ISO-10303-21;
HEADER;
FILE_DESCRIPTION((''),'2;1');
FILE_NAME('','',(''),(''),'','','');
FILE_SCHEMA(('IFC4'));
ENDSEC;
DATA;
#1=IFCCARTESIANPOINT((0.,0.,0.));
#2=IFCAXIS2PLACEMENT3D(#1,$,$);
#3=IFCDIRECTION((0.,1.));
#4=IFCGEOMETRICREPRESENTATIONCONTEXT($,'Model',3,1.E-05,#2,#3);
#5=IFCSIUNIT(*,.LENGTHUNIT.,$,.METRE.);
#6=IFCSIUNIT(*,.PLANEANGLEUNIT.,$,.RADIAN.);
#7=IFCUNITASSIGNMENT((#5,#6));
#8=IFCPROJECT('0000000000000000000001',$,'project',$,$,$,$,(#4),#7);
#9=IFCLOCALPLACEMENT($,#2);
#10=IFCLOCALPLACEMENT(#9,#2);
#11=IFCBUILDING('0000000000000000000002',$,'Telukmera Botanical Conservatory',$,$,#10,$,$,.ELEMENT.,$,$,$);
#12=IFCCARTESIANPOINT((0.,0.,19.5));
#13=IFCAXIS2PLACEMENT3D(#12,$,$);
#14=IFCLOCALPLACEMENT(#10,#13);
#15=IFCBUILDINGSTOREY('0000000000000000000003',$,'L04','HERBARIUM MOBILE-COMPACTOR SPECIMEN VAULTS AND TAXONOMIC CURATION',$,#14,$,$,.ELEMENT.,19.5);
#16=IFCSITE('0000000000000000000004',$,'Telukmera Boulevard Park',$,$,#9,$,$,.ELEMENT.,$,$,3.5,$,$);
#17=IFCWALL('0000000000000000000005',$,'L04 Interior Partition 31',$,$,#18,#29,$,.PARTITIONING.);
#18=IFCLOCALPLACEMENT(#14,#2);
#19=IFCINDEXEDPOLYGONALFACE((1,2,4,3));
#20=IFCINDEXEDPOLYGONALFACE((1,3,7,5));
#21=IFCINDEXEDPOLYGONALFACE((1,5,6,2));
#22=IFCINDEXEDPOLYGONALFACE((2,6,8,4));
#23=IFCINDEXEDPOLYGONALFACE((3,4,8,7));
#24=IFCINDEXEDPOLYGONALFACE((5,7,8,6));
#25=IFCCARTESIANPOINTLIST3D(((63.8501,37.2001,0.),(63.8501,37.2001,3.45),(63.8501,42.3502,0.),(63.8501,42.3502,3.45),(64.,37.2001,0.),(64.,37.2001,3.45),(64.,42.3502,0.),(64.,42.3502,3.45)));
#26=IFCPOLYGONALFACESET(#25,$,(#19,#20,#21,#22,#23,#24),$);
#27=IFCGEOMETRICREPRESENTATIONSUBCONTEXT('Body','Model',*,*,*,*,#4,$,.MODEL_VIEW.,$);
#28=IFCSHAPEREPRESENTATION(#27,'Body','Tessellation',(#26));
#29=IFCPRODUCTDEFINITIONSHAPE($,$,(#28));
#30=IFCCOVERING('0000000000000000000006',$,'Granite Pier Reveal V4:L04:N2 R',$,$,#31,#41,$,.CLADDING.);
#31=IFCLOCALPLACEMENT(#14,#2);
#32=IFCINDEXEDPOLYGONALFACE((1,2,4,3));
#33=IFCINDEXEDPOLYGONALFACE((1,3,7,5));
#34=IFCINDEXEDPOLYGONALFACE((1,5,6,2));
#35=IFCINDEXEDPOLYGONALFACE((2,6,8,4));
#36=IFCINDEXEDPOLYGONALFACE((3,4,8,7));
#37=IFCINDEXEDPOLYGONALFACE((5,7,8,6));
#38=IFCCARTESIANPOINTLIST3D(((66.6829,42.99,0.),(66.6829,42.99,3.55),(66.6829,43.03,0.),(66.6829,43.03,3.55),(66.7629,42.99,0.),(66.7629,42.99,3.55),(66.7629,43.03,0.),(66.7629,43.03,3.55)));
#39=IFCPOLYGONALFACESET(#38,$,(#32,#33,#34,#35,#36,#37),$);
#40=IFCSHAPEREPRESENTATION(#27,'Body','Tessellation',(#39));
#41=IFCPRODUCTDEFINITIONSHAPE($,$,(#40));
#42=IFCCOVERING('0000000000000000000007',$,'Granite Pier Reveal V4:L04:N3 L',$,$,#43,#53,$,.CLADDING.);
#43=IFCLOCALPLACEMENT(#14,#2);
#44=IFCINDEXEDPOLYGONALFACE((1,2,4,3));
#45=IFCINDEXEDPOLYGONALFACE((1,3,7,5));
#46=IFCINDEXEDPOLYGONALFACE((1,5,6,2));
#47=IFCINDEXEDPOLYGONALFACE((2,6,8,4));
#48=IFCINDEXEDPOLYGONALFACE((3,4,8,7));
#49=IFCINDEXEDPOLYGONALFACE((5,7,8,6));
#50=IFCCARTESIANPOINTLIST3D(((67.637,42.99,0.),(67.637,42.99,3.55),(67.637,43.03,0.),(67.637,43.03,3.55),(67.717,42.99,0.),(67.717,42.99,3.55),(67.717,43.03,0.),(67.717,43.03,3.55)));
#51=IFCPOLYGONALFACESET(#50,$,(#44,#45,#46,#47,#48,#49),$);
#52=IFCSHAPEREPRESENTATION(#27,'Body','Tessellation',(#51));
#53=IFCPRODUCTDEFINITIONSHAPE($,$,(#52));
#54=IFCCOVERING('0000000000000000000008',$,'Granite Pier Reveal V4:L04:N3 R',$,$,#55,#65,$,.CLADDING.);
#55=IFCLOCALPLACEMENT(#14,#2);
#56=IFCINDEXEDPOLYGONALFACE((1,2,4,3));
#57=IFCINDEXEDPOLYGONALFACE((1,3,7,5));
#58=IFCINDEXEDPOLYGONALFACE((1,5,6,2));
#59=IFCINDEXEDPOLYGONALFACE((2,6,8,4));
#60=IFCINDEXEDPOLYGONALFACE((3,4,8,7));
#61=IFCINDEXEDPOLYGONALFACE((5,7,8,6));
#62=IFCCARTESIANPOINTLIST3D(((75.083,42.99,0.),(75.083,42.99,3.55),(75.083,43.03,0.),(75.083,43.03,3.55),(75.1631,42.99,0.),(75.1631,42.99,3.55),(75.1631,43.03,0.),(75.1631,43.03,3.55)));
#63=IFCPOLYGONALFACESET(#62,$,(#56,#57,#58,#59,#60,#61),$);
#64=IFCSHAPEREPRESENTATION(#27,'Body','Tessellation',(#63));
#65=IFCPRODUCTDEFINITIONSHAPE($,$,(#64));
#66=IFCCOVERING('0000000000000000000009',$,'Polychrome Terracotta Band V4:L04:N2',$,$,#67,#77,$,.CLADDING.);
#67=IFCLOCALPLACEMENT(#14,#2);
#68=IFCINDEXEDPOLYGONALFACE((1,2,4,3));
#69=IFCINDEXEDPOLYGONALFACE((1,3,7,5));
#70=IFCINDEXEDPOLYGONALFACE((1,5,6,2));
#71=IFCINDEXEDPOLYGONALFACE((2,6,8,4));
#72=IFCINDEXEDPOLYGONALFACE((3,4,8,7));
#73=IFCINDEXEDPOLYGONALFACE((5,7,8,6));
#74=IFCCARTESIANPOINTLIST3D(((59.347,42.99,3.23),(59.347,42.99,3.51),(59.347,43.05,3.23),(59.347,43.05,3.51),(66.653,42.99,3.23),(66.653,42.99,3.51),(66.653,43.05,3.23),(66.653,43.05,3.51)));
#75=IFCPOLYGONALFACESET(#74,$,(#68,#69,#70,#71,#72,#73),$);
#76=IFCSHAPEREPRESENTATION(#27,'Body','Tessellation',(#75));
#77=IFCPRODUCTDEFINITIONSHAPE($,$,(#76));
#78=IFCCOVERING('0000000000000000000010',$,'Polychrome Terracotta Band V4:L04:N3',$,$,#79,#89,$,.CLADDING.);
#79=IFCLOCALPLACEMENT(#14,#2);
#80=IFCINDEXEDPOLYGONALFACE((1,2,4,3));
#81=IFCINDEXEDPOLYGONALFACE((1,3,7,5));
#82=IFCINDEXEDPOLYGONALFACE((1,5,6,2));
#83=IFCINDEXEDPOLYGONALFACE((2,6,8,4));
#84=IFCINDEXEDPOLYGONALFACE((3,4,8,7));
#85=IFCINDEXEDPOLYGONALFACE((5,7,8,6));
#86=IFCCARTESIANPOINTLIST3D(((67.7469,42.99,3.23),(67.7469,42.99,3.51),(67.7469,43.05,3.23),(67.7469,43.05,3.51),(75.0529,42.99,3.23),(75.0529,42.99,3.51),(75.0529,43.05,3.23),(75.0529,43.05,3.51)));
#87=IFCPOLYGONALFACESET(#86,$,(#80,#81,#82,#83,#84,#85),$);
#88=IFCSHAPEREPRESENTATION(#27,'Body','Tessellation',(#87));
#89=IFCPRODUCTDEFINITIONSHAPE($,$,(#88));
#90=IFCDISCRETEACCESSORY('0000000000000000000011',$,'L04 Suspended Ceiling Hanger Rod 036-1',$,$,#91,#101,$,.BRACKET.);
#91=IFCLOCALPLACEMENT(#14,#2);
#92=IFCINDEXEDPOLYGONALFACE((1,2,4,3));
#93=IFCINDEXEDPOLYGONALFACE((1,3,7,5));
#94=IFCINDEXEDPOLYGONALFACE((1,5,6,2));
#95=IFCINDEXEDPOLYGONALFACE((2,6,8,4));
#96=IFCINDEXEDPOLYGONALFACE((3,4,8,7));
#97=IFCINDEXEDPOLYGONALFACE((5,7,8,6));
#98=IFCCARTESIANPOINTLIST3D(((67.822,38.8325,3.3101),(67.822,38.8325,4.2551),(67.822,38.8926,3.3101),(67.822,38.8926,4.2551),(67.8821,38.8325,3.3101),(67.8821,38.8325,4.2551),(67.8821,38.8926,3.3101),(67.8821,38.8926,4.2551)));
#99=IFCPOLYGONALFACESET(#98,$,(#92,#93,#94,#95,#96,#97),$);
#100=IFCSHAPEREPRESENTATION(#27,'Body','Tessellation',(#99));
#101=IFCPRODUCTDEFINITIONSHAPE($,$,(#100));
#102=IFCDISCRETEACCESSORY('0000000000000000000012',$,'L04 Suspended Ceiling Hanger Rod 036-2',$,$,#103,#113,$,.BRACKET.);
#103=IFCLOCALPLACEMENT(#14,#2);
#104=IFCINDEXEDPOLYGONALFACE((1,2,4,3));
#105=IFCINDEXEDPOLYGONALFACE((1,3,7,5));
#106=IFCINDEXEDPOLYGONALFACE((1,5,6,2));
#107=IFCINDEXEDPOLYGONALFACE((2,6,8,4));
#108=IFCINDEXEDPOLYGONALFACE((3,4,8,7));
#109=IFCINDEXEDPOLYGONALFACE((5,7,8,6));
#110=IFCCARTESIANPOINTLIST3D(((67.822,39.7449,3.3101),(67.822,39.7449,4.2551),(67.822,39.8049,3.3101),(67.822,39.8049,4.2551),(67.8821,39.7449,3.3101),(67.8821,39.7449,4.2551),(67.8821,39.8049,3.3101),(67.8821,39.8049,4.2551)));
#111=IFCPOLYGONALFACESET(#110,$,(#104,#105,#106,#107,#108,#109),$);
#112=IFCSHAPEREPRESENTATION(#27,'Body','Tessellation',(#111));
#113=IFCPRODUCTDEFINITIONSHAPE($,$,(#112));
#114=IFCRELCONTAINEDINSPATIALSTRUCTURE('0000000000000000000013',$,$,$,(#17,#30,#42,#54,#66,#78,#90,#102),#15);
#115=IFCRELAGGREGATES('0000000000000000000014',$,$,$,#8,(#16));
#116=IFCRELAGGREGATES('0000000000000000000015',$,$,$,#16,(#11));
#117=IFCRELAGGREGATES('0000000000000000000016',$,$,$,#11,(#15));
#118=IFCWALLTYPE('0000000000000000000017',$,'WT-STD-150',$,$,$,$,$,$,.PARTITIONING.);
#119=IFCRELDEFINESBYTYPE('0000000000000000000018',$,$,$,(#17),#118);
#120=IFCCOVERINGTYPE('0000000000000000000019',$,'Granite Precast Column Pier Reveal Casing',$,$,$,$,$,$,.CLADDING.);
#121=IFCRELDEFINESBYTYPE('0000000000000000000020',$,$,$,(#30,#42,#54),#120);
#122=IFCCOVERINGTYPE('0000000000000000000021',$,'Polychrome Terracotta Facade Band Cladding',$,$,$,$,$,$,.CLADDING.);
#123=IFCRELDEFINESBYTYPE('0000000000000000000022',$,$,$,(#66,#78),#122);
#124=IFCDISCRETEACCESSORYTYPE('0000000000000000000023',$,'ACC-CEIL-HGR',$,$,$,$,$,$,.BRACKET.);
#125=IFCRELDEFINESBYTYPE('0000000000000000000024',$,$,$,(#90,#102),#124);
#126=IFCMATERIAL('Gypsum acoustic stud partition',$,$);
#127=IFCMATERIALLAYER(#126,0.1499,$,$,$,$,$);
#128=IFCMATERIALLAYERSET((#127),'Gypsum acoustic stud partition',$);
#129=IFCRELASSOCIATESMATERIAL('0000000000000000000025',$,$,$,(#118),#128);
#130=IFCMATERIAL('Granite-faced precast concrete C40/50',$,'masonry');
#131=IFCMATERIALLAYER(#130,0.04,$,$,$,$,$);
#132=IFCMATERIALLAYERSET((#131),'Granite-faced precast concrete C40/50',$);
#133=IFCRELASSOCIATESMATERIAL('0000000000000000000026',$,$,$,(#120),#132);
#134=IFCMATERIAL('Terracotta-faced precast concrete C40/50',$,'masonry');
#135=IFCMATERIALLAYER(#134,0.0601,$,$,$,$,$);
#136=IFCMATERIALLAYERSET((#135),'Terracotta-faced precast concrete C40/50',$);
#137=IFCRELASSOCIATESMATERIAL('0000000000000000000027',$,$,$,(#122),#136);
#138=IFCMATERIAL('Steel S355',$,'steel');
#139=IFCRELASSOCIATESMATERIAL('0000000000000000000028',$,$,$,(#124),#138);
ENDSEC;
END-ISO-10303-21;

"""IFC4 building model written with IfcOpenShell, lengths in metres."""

from ifc_helpers import new_model, si_unit, direction, frame, frame_2d, origin, origin_2d, place, context, subcontext, project, spatial, rectangle, extrude, material, layer, layer_set, type_object, element, save


model = new_model("IFC4")

# Units and contexts
model_context = context("Model", 3, precision=1e-05, world=origin(), true_north=direction((0.0, 1.0)))
body_context = subcontext(model_context, "Body", "Model", "MODEL_VIEW")
ifc_project = project(units=[si_unit("LENGTHUNIT", "METRE"), si_unit("PLANEANGLEUNIT", "RADIAN")], contexts=[model_context])

# Site, building, storey
site_placement = place(None, origin())
site = spatial("IfcSite", under=ifc_project, at=site_placement, Name="Telukmera Boulevard Park", CompositionType="ELEMENT", RefElevation=3.5)
building_placement = place(site_placement, origin())
building = spatial("IfcBuilding", under=site, at=building_placement, Name="Telukmera Botanical Conservatory", CompositionType="ELEMENT")
storey_placement = place(building_placement, frame((0.0, 0.0, 19.5)))
storey = spatial("IfcBuildingStorey", under=building, at=storey_placement, Name="L04", Description="HERBARIUM MOBILE-COMPACTOR SPECIMEN VAULTS AND TAXONOMIC CURATION", CompositionType="ELEMENT", Elevation=19.5)

# Shared definitions
ifc_material_1 = material(Name="Terracotta-faced precast concrete C40/50", Category="masonry")

# Shared definitions
ifc_material_2 = material(Name="Gypsum acoustic stud partition")
ifc_layer_1 = layer(ifc_material_2, 0.1499)
ifc_layer_set_1 = layer_set([ifc_layer_1], Name="Gypsum acoustic stud partition")
wall_type_1 = type_object("IfcWallType", Name="WT-STD-150", PredefinedType="PARTITIONING", material=ifc_layer_set_1)

# Wall
wall_1_placement = place(storey_placement, frame((63.925, 37.2, 0.0), z_axis=(0.0, 0.0, 1.0), x_axis=(0.0, 1.0, 0.0)))
element("IfcWall", 1, at=wall_1_placement, inside=storey, type_object=wall_type_1, Name="L04 Interior Partition 31", PredefinedType="PARTITIONING", context=body_context, shape_type="SweptSolid", body=[
    extrude(rectangle(XDim=5.1501, YDim=0.1499, at=frame_2d((2.5752, 0.0))), origin(), (0.0, 0.0, 1.0), 3.45),
])

# Coverings
ifc_material_3 = material(Name="Granite-faced precast concrete C40/50", Category="masonry")
ifc_layer_2 = layer(ifc_material_3, 0.04)
ifc_layer_set_2 = layer_set([ifc_layer_2], Name="Granite-faced precast concrete C40/50")
covering_type_1 = type_object("IfcCoveringType", Name="Granite Precast Column Pier Reveal Casing", PredefinedType="CLADDING", material=ifc_layer_set_2)
for number, where, z_axis, x_axis, name in (
    (2, (66.7229, 43.01, 0.0), (0.0, 0.0, 1.0), (1.0, 0.0, 0.0), "Granite Pier Reveal V4:L04:N2 R"),
    (3, (67.677, 43.01, 0.0), (0.0, 0.0, 1.0), (1.0, 0.0, 0.0), "Granite Pier Reveal V4:L04:N3 L"),
    (4, (75.123, 43.01, 0.0), (0.0, 0.0, 1.0), (1.0, 0.0, 0.0), "Granite Pier Reveal V4:L04:N3 R"),
):
    element("IfcCovering", number, at=place(storey_placement, frame(where, z_axis=z_axis, x_axis=x_axis)), inside=storey, type_object=covering_type_1, Name=name, PredefinedType="CLADDING", context=body_context, shape_type="SweptSolid", body=[
        extrude(rectangle(XDim=0.0801, YDim=0.04, at=origin_2d()), origin(), (0.0, 0.0, 1.0), 3.55),
    ])
ifc_layer_3 = layer(ifc_material_1, 0.0601)
ifc_layer_set_3 = layer_set([ifc_layer_3], Name="Terracotta-faced precast concrete C40/50")
covering_type_2 = type_object("IfcCoveringType", Name="Polychrome Terracotta Facade Band Cladding", PredefinedType="CLADDING", material=ifc_layer_set_3)
for number, where, z_axis, x_axis, name in (
    (5, (63.0, 43.02, 3.23), (0.0, 0.0, 1.0), (1.0, 0.0, 0.0), "Polychrome Terracotta Band V4:L04:N2"),
    (6, (71.3999, 43.02, 3.23), (0.0, 0.0, 1.0), (1.0, 0.0, 0.0), "Polychrome Terracotta Band V4:L04:N3"),
):
    element("IfcCovering", number, at=place(storey_placement, frame(where, z_axis=z_axis, x_axis=x_axis)), inside=storey, type_object=covering_type_2, Name=name, PredefinedType="CLADDING", context=body_context, shape_type="SweptSolid", body=[
        extrude(rectangle(XDim=7.3059, YDim=0.0601, at=origin_2d()), origin(), (0.0, 0.0, 1.0), 0.28),
    ])

# Discrete accessories
ifc_material_4 = material(Name="Steel S355", Category="steel")
discrete_accessory_type = type_object("IfcDiscreteAccessoryType", Name="ACC-CEIL-HGR", PredefinedType="BRACKET", material=ifc_material_4)
for number, where, z_axis, x_axis, name in (
    (7, (67.8521, 38.8625, 3.3101), (0.0, 0.0, 1.0), (1.0, 0.0, 0.0), "L04 Suspended Ceiling Hanger Rod 036-1"),
    (8, (67.8521, 39.7749, 3.3101), (0.0, 0.0, 1.0), (1.0, 0.0, 0.0), "L04 Suspended Ceiling Hanger Rod 036-2"),
):
    element("IfcDiscreteAccessory", number, at=place(storey_placement, frame(where, z_axis=z_axis, x_axis=x_axis)), inside=storey, type_object=discrete_accessory_type, Name=name, PredefinedType="BRACKET", context=body_context, shape_type="SweptSolid", body=[
        extrude(rectangle(XDim=0.0601, YDim=0.0601, at=origin_2d()), origin(), (0.0, 0.0, 1.0), 0.9451),
    ])

save(model, "model.ifc")
